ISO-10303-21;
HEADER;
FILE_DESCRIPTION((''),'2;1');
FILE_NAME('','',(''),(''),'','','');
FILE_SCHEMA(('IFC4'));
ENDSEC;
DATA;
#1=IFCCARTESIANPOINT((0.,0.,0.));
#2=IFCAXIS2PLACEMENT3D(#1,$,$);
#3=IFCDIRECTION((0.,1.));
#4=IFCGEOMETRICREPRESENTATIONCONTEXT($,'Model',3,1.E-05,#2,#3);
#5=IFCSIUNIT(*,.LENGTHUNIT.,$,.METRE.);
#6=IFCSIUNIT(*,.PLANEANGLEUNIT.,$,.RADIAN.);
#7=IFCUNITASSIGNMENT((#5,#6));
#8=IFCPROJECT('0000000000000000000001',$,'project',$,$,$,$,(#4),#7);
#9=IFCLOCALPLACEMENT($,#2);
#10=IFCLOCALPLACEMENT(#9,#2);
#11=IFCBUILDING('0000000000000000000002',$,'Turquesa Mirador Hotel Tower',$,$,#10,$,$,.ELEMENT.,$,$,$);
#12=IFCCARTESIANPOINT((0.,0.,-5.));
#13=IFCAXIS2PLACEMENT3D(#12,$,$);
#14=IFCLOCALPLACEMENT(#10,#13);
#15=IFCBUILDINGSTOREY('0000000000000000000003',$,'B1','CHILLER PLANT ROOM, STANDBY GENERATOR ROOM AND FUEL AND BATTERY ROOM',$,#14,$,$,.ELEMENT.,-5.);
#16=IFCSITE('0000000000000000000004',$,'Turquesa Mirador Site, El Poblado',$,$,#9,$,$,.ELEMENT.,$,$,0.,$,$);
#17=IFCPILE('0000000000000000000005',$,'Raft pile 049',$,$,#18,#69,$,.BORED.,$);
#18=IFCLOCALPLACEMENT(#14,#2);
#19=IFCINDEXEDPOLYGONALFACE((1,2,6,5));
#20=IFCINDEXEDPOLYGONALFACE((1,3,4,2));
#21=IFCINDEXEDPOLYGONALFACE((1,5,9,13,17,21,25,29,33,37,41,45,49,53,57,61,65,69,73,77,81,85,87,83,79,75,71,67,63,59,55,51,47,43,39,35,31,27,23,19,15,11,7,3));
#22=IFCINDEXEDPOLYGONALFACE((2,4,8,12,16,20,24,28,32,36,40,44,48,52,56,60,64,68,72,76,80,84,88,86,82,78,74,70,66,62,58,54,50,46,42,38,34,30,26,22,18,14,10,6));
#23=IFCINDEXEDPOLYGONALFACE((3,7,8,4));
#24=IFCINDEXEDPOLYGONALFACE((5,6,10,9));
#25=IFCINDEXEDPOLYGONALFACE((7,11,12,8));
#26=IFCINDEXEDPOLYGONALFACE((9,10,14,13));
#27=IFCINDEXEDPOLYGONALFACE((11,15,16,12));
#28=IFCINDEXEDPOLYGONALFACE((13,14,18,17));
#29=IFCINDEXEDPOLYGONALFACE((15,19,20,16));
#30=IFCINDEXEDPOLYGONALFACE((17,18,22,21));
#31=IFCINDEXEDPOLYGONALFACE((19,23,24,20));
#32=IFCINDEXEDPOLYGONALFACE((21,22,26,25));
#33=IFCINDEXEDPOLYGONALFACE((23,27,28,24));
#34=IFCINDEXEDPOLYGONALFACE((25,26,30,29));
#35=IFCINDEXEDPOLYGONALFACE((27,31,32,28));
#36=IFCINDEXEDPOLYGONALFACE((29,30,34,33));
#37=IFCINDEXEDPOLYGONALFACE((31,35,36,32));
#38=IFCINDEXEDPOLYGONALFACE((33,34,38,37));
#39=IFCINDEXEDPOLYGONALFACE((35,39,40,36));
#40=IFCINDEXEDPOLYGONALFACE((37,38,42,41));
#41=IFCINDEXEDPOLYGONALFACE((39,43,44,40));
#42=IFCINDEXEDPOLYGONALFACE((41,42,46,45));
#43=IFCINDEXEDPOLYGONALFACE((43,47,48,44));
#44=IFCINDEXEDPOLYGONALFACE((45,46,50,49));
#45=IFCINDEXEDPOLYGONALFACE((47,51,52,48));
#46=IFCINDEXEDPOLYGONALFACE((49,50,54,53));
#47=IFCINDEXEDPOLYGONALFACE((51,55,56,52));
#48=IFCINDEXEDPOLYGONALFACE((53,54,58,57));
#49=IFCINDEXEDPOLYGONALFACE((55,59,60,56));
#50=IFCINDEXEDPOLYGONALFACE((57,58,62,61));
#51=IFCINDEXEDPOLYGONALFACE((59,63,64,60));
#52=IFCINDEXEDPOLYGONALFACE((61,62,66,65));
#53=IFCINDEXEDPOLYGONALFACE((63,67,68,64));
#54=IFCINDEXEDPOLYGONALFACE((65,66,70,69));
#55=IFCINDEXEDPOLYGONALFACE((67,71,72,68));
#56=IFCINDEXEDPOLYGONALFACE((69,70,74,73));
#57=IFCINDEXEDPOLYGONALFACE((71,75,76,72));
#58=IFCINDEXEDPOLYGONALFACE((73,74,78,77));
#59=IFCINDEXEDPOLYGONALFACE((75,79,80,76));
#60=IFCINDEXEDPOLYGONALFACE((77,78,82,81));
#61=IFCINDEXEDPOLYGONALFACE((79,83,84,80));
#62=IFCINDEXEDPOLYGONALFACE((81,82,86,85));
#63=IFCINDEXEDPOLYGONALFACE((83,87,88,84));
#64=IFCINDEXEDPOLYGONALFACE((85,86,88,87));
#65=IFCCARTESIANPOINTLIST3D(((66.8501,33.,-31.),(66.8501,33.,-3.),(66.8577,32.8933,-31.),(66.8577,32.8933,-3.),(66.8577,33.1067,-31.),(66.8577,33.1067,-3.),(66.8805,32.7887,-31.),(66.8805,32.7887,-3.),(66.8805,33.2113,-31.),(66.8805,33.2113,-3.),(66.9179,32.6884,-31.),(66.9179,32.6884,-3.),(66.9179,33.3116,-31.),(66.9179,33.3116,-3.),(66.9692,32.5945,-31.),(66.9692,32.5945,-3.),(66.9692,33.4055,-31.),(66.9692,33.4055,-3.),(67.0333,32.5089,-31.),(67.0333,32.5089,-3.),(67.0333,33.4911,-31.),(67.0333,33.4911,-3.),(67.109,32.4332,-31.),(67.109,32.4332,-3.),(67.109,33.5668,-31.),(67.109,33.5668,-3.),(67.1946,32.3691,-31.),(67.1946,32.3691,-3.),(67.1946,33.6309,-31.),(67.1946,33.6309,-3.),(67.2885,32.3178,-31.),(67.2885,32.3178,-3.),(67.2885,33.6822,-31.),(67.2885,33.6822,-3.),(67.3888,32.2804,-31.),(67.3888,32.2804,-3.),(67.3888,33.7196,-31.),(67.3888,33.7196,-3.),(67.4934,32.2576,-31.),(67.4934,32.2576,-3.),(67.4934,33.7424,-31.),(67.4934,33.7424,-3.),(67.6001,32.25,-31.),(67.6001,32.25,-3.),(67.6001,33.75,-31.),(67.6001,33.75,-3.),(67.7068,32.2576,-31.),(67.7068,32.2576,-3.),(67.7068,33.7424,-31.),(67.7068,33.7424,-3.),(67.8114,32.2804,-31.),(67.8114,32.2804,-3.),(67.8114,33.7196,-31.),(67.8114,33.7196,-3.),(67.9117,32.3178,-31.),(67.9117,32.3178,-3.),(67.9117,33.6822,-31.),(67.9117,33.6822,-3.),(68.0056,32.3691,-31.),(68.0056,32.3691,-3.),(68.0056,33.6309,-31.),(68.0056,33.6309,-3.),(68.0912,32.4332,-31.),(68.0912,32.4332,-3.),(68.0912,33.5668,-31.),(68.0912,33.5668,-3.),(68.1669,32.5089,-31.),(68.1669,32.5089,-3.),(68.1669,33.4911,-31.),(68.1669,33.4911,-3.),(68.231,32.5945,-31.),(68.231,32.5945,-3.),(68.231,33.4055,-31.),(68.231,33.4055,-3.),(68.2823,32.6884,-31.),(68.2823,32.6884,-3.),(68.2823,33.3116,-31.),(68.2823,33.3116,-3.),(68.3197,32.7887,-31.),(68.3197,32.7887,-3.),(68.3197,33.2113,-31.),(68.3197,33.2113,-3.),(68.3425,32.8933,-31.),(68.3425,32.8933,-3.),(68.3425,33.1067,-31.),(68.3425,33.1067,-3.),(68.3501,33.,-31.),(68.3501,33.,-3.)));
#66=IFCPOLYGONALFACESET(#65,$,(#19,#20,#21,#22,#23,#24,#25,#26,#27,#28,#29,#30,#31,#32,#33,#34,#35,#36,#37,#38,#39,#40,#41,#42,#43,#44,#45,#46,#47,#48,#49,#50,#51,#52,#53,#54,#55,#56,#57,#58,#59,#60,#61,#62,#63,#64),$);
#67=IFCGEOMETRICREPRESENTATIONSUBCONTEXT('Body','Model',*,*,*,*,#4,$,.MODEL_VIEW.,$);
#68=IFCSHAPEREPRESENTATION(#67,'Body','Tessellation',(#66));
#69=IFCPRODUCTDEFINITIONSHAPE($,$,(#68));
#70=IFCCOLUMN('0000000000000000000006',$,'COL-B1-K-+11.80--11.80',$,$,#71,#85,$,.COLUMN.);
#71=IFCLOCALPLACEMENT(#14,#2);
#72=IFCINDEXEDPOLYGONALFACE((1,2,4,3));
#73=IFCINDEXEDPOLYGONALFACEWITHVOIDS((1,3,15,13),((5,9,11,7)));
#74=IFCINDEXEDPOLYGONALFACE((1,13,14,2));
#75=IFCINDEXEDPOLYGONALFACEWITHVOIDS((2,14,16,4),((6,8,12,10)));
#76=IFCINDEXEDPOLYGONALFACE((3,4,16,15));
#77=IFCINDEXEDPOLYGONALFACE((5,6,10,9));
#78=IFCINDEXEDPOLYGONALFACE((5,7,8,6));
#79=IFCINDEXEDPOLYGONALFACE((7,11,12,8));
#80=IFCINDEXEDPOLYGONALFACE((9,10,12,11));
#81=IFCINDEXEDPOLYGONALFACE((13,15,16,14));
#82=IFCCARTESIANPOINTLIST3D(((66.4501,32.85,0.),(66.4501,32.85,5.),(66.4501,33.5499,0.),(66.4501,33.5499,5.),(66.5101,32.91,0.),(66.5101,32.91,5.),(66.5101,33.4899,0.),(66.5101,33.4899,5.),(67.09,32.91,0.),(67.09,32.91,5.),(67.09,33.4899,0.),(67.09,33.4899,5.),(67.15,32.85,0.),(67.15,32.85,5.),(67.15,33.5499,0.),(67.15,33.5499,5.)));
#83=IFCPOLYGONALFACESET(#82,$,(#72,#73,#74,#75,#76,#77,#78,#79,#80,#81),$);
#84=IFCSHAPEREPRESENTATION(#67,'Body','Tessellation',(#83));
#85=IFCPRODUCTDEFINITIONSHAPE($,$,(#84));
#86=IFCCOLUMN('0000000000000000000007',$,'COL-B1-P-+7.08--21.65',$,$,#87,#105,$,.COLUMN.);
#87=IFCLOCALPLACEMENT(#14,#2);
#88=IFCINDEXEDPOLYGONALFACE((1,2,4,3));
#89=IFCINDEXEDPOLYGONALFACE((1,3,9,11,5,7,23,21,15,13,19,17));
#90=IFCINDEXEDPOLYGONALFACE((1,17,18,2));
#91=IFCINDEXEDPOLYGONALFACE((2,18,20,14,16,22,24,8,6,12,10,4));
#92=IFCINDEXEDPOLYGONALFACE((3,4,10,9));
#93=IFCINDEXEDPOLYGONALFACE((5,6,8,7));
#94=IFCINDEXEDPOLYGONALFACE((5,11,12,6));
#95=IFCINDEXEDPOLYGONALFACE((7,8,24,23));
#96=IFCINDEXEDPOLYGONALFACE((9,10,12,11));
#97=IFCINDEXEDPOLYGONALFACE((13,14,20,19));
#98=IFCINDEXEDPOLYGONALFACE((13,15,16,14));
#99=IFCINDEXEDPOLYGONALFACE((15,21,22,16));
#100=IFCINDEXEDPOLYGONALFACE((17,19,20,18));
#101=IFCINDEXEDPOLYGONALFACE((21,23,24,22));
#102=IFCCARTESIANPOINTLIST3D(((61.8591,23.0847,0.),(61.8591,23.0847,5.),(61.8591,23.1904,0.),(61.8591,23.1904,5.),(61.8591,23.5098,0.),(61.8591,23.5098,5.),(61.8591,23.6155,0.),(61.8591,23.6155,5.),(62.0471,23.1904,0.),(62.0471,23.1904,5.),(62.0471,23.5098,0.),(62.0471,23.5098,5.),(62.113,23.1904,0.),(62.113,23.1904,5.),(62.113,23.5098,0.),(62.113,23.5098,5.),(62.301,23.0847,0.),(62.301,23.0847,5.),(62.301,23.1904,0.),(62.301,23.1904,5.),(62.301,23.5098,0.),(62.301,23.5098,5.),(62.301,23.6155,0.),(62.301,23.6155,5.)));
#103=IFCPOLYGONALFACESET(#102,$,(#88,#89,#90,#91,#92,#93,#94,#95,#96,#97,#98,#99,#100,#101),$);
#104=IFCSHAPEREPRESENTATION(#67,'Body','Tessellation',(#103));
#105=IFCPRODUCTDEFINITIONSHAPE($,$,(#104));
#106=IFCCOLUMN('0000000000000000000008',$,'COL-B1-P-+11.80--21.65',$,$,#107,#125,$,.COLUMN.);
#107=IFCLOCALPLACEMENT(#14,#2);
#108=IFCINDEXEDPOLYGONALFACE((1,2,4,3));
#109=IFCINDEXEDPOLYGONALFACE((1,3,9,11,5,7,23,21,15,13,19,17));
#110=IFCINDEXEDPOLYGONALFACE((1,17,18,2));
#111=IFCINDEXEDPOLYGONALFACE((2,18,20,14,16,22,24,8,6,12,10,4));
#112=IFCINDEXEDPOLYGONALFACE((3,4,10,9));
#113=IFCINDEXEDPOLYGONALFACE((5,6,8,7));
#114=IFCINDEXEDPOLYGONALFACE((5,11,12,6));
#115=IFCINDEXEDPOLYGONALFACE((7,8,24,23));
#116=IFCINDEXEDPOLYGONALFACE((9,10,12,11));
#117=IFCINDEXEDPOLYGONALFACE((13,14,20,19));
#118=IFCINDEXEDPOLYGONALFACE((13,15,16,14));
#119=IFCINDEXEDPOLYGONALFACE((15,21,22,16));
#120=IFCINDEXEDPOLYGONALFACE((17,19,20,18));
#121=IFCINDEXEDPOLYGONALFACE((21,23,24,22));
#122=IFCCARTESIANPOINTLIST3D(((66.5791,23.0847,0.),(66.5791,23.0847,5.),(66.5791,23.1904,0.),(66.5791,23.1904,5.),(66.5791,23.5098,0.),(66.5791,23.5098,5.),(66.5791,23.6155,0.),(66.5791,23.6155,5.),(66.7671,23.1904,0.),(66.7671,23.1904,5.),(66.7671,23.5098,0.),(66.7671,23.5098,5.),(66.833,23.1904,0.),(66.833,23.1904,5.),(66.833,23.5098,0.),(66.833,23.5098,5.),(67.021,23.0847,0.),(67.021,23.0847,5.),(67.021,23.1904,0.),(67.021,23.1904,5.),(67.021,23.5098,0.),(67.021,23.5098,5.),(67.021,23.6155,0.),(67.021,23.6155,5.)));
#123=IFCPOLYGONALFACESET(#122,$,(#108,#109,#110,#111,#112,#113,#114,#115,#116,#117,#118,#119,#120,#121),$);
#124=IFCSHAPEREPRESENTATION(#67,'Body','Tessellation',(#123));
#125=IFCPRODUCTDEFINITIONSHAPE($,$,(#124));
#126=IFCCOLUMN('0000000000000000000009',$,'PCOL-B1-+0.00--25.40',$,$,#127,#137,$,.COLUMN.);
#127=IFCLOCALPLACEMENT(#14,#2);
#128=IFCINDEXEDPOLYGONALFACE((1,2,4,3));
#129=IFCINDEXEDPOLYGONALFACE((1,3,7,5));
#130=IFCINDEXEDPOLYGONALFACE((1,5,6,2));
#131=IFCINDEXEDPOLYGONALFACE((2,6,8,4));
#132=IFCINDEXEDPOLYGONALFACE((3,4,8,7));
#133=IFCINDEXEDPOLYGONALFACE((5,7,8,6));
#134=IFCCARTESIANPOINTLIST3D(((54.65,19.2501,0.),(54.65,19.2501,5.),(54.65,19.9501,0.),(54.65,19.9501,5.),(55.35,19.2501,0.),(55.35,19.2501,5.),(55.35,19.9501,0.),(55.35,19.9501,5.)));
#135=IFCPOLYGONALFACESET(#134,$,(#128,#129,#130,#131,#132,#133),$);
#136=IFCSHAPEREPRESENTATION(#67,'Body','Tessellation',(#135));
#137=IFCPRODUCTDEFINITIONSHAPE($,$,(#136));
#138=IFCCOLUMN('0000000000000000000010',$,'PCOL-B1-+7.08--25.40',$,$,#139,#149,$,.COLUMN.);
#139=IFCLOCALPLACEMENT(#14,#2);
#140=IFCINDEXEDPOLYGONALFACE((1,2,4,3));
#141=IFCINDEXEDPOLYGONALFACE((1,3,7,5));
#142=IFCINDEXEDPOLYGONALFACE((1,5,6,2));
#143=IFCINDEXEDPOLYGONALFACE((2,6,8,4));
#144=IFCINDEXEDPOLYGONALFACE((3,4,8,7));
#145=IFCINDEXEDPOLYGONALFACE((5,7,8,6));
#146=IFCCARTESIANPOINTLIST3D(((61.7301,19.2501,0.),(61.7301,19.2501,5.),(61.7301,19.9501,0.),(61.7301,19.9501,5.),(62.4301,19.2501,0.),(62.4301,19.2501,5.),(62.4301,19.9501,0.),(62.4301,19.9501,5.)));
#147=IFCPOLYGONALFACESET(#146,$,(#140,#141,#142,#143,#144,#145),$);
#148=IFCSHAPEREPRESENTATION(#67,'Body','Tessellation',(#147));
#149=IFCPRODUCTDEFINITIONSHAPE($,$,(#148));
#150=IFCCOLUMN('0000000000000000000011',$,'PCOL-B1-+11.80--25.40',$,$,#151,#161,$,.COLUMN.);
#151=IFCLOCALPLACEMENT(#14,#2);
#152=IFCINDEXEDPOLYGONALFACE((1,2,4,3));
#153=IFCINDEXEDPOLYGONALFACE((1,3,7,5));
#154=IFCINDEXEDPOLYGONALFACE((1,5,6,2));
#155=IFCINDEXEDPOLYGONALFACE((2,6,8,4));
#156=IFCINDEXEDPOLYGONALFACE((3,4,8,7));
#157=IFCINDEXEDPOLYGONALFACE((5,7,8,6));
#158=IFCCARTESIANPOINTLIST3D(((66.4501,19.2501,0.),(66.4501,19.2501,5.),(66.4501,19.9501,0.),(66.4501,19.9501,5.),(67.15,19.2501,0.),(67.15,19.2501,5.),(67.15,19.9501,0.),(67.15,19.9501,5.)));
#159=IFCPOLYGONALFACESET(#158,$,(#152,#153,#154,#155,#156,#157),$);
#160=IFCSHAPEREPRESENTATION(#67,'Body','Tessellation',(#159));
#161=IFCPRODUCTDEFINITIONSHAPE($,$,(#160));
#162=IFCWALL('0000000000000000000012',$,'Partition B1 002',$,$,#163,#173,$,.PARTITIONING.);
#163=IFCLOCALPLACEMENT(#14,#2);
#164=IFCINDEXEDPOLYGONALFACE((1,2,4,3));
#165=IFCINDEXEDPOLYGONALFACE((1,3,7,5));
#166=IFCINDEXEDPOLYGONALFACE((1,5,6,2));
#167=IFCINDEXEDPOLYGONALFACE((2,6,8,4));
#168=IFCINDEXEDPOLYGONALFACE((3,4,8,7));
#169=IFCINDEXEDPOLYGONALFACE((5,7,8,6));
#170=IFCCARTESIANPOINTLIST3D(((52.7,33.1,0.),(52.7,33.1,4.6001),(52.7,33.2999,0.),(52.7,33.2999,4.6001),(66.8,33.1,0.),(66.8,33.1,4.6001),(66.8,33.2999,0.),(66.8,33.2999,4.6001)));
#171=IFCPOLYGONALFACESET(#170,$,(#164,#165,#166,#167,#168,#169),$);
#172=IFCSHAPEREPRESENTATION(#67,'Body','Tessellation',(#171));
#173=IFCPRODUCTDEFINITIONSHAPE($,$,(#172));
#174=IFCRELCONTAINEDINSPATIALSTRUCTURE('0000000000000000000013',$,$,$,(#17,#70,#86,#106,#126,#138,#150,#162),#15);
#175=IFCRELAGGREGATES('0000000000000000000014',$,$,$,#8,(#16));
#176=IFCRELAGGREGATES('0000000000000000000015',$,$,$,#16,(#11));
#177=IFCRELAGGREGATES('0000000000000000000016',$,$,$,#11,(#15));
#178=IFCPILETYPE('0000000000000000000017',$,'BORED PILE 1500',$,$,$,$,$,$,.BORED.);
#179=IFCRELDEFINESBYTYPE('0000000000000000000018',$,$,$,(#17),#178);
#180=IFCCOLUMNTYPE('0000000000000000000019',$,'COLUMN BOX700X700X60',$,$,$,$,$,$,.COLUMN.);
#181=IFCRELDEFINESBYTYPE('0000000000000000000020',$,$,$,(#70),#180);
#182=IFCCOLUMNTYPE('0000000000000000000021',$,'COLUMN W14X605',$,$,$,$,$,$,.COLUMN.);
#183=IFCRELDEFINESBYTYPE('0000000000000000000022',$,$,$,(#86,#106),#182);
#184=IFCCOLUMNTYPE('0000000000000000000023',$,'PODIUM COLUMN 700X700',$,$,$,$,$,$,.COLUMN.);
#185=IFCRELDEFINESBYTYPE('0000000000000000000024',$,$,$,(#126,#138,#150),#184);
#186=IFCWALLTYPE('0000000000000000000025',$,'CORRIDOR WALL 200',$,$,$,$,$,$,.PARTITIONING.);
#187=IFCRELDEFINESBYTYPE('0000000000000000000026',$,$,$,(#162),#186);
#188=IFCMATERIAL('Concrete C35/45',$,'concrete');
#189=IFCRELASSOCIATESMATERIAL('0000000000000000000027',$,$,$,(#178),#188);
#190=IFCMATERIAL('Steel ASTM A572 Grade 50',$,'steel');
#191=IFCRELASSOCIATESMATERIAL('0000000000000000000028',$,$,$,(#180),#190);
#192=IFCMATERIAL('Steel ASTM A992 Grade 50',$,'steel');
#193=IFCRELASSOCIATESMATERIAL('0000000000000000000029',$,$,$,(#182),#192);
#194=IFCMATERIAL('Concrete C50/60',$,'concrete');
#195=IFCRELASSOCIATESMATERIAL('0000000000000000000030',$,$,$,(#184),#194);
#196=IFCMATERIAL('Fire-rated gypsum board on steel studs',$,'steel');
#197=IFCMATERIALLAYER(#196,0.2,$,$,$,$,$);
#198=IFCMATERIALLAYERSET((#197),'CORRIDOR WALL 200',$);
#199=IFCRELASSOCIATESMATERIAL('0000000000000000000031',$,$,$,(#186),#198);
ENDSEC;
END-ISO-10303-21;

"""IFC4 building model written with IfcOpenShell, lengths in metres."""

from ifc_helpers import new_model, si_unit, direction, frame, frame_2d, origin, origin_2d, place, context, subcontext, project, spatial, rectangle, hollow_rectangle, circle, i_section, extrude, material, layer, layer_set, material_profile, profile_set, type_object, element, save


model = new_model("IFC4")

# Units and contexts
model_context = context("Model", 3, precision=1e-05, world=origin(), true_north=direction((0.0, 1.0)))
body_context = subcontext(model_context, "Body", "Model", "MODEL_VIEW")
ifc_project = project(units=[si_unit("LENGTHUNIT", "METRE"), si_unit("PLANEANGLEUNIT", "RADIAN")], contexts=[model_context])

# Site, building, storey
site_placement = place(None, origin())
site = spatial("IfcSite", under=ifc_project, at=site_placement, Name="Turquesa Mirador Site, El Poblado", CompositionType="ELEMENT", RefElevation=0.0)
building_placement = place(site_placement, origin())
building = spatial("IfcBuilding", under=site, at=building_placement, Name="Turquesa Mirador Hotel Tower", CompositionType="ELEMENT")
storey_placement = place(building_placement, frame((0.0, 0.0, -5.0)))
storey = spatial("IfcBuildingStorey", under=building, at=storey_placement, Name="B1", Description="CHILLER PLANT ROOM, STANDBY GENERATOR ROOM AND FUEL AND BATTERY ROOM", CompositionType="ELEMENT", Elevation=-5.0)

# Pile
ifc_material_1 = material(Name="Concrete C35/45", Category="concrete")
pile_type = type_object("IfcPileType", Name="BORED PILE 1500", PredefinedType="BORED", material=ifc_material_1)
for number, where, z_axis, x_axis, name in (
    (1, (67.6001, 33.0, -3.0), (0.0, 0.0, -1.0), (1.0, 0.0, 0.0), "Raft pile 049"),
):
    element("IfcPile", number, at=place(storey_placement, frame(where, z_axis=z_axis, x_axis=x_axis)), inside=storey, type_object=pile_type, Name=name, PredefinedType="BORED", context=body_context, shape_type="SweptSolid", body=[
        extrude(circle(Radius=0.75, at=origin_2d()), origin(), (0.0, 0.0, 1.0), 28.0),
    ])

# Columns
ifc_material_2 = material(Name="Steel ASTM A572 Grade 50", Category="steel")
ifc_material_profile_1 = material_profile(ifc_material_2, hollow_rectangle(XDim=0.7, YDim=0.7, WallThickness=0.0601, at=origin_2d()), Name="BOX700X700X60")
ifc_profile_set_1 = profile_set([ifc_material_profile_1], Name="Steel ASTM A572 Grade 50")
column_type_1 = type_object("IfcColumnType", Name="COLUMN BOX700X700X60", PredefinedType="COLUMN", material=ifc_profile_set_1)
column_placement = place(storey_placement, frame((66.8, 33.2, 0.0), z_axis=(0.0, 0.0, 1.0), x_axis=(1.0, 0.0, 0.0)))
element("IfcColumn", 2, at=column_placement, inside=storey, type_object=column_type_1, Name="COL-B1-K-+11.80--11.80", PredefinedType="COLUMN", context=body_context, shape_type="SweptSolid", body=[
    extrude(hollow_rectangle(XDim=0.7, YDim=0.7, WallThickness=0.0601, at=origin_2d()), origin(), (0.0, 0.0, 1.0), 5.0),
])
ifc_material_3 = material(Name="Steel ASTM A992 Grade 50", Category="steel")
ifc_material_profile_2 = material_profile(ifc_material_3, i_section(OverallWidth=0.4419, OverallDepth=0.5308, WebThickness=0.0659, FlangeThickness=0.1057, at=origin_2d()), Name="W14X605")
ifc_profile_set_2 = profile_set([ifc_material_profile_2], Name="Steel ASTM A992 Grade 50")
column_type_2 = type_object("IfcColumnType", Name="COLUMN W14X605", PredefinedType="COLUMN", material=ifc_profile_set_2)
for number, where, z_axis, x_axis, name in (
    (3, (62.0801, 23.3501, 0.0), (0.0, 0.0, 1.0), (1.0, 0.0, 0.0), "COL-B1-P-+7.08--21.65"),
    (4, (66.8, 23.3501, 0.0), (0.0, 0.0, 1.0), (1.0, 0.0, 0.0), "COL-B1-P-+11.80--21.65"),
):
    element("IfcColumn", number, at=place(storey_placement, frame(where, z_axis=z_axis, x_axis=x_axis)), inside=storey, type_object=column_type_2, Name=name, PredefinedType="COLUMN", context=body_context, shape_type="SweptSolid", body=[
        extrude(i_section(OverallWidth=0.4419, OverallDepth=0.5308, WebThickness=0.0659, FlangeThickness=0.1057, at=origin_2d()), origin(), (0.0, 0.0, 1.0), 5.0),
    ])
ifc_material_4 = material(Name="Concrete C50/60", Category="concrete")
ifc_material_profile_3 = material_profile(ifc_material_4, rectangle(XDim=0.7, YDim=0.7, at=origin_2d()), Name="RC 700X700")
ifc_profile_set_3 = profile_set([ifc_material_profile_3], Name="Concrete C50/60")
column_type_3 = type_object("IfcColumnType", Name="PODIUM COLUMN 700X700", PredefinedType="COLUMN", material=ifc_profile_set_3)
for number, where, z_axis, x_axis, name in (
    (5, (55.0, 19.6001, 0.0), (0.0, 0.0, 1.0), (1.0, 0.0, 0.0), "PCOL-B1-+0.00--25.40"),
    (6, (62.0801, 19.6001, 0.0), (0.0, 0.0, 1.0), (1.0, 0.0, 0.0), "PCOL-B1-+7.08--25.40"),
    (7, (66.8, 19.6001, 0.0), (0.0, 0.0, 1.0), (1.0, 0.0, 0.0), "PCOL-B1-+11.80--25.40"),
):
    element("IfcColumn", number, at=place(storey_placement, frame(where, z_axis=z_axis, x_axis=x_axis)), inside=storey, type_object=column_type_3, Name=name, PredefinedType="COLUMN", context=body_context, shape_type="SweptSolid", body=[
        extrude(rectangle(XDim=0.7, YDim=0.7, at=origin_2d()), origin(), (0.0, 0.0, 1.0), 5.0),
    ])

# Wall
ifc_material_5 = material(Name="Fire-rated gypsum board on steel studs", Category="steel")
ifc_layer_1 = layer(ifc_material_5, 0.2)
ifc_layer_set_1 = layer_set([ifc_layer_1], Name="CORRIDOR WALL 200")
wall_type_1 = type_object("IfcWallType", Name="CORRIDOR WALL 200", PredefinedType="PARTITIONING", material=ifc_layer_set_1)
wall_1_placement = place(storey_placement, frame((52.7, 33.2, 0.0), z_axis=(0.0, 0.0, 1.0), x_axis=(1.0, 0.0, 0.0)))
element("IfcWall", 8, at=wall_1_placement, inside=storey, type_object=wall_type_1, Name="Partition B1 002", PredefinedType="PARTITIONING", context=body_context, shape_type="SweptSolid", body=[
    extrude(rectangle(XDim=14.1001, YDim=0.2, at=frame_2d((7.05, 0.0))), origin(), (0.0, 0.0, 1.0), 4.6001),
])

save(model, "model.ifc")
